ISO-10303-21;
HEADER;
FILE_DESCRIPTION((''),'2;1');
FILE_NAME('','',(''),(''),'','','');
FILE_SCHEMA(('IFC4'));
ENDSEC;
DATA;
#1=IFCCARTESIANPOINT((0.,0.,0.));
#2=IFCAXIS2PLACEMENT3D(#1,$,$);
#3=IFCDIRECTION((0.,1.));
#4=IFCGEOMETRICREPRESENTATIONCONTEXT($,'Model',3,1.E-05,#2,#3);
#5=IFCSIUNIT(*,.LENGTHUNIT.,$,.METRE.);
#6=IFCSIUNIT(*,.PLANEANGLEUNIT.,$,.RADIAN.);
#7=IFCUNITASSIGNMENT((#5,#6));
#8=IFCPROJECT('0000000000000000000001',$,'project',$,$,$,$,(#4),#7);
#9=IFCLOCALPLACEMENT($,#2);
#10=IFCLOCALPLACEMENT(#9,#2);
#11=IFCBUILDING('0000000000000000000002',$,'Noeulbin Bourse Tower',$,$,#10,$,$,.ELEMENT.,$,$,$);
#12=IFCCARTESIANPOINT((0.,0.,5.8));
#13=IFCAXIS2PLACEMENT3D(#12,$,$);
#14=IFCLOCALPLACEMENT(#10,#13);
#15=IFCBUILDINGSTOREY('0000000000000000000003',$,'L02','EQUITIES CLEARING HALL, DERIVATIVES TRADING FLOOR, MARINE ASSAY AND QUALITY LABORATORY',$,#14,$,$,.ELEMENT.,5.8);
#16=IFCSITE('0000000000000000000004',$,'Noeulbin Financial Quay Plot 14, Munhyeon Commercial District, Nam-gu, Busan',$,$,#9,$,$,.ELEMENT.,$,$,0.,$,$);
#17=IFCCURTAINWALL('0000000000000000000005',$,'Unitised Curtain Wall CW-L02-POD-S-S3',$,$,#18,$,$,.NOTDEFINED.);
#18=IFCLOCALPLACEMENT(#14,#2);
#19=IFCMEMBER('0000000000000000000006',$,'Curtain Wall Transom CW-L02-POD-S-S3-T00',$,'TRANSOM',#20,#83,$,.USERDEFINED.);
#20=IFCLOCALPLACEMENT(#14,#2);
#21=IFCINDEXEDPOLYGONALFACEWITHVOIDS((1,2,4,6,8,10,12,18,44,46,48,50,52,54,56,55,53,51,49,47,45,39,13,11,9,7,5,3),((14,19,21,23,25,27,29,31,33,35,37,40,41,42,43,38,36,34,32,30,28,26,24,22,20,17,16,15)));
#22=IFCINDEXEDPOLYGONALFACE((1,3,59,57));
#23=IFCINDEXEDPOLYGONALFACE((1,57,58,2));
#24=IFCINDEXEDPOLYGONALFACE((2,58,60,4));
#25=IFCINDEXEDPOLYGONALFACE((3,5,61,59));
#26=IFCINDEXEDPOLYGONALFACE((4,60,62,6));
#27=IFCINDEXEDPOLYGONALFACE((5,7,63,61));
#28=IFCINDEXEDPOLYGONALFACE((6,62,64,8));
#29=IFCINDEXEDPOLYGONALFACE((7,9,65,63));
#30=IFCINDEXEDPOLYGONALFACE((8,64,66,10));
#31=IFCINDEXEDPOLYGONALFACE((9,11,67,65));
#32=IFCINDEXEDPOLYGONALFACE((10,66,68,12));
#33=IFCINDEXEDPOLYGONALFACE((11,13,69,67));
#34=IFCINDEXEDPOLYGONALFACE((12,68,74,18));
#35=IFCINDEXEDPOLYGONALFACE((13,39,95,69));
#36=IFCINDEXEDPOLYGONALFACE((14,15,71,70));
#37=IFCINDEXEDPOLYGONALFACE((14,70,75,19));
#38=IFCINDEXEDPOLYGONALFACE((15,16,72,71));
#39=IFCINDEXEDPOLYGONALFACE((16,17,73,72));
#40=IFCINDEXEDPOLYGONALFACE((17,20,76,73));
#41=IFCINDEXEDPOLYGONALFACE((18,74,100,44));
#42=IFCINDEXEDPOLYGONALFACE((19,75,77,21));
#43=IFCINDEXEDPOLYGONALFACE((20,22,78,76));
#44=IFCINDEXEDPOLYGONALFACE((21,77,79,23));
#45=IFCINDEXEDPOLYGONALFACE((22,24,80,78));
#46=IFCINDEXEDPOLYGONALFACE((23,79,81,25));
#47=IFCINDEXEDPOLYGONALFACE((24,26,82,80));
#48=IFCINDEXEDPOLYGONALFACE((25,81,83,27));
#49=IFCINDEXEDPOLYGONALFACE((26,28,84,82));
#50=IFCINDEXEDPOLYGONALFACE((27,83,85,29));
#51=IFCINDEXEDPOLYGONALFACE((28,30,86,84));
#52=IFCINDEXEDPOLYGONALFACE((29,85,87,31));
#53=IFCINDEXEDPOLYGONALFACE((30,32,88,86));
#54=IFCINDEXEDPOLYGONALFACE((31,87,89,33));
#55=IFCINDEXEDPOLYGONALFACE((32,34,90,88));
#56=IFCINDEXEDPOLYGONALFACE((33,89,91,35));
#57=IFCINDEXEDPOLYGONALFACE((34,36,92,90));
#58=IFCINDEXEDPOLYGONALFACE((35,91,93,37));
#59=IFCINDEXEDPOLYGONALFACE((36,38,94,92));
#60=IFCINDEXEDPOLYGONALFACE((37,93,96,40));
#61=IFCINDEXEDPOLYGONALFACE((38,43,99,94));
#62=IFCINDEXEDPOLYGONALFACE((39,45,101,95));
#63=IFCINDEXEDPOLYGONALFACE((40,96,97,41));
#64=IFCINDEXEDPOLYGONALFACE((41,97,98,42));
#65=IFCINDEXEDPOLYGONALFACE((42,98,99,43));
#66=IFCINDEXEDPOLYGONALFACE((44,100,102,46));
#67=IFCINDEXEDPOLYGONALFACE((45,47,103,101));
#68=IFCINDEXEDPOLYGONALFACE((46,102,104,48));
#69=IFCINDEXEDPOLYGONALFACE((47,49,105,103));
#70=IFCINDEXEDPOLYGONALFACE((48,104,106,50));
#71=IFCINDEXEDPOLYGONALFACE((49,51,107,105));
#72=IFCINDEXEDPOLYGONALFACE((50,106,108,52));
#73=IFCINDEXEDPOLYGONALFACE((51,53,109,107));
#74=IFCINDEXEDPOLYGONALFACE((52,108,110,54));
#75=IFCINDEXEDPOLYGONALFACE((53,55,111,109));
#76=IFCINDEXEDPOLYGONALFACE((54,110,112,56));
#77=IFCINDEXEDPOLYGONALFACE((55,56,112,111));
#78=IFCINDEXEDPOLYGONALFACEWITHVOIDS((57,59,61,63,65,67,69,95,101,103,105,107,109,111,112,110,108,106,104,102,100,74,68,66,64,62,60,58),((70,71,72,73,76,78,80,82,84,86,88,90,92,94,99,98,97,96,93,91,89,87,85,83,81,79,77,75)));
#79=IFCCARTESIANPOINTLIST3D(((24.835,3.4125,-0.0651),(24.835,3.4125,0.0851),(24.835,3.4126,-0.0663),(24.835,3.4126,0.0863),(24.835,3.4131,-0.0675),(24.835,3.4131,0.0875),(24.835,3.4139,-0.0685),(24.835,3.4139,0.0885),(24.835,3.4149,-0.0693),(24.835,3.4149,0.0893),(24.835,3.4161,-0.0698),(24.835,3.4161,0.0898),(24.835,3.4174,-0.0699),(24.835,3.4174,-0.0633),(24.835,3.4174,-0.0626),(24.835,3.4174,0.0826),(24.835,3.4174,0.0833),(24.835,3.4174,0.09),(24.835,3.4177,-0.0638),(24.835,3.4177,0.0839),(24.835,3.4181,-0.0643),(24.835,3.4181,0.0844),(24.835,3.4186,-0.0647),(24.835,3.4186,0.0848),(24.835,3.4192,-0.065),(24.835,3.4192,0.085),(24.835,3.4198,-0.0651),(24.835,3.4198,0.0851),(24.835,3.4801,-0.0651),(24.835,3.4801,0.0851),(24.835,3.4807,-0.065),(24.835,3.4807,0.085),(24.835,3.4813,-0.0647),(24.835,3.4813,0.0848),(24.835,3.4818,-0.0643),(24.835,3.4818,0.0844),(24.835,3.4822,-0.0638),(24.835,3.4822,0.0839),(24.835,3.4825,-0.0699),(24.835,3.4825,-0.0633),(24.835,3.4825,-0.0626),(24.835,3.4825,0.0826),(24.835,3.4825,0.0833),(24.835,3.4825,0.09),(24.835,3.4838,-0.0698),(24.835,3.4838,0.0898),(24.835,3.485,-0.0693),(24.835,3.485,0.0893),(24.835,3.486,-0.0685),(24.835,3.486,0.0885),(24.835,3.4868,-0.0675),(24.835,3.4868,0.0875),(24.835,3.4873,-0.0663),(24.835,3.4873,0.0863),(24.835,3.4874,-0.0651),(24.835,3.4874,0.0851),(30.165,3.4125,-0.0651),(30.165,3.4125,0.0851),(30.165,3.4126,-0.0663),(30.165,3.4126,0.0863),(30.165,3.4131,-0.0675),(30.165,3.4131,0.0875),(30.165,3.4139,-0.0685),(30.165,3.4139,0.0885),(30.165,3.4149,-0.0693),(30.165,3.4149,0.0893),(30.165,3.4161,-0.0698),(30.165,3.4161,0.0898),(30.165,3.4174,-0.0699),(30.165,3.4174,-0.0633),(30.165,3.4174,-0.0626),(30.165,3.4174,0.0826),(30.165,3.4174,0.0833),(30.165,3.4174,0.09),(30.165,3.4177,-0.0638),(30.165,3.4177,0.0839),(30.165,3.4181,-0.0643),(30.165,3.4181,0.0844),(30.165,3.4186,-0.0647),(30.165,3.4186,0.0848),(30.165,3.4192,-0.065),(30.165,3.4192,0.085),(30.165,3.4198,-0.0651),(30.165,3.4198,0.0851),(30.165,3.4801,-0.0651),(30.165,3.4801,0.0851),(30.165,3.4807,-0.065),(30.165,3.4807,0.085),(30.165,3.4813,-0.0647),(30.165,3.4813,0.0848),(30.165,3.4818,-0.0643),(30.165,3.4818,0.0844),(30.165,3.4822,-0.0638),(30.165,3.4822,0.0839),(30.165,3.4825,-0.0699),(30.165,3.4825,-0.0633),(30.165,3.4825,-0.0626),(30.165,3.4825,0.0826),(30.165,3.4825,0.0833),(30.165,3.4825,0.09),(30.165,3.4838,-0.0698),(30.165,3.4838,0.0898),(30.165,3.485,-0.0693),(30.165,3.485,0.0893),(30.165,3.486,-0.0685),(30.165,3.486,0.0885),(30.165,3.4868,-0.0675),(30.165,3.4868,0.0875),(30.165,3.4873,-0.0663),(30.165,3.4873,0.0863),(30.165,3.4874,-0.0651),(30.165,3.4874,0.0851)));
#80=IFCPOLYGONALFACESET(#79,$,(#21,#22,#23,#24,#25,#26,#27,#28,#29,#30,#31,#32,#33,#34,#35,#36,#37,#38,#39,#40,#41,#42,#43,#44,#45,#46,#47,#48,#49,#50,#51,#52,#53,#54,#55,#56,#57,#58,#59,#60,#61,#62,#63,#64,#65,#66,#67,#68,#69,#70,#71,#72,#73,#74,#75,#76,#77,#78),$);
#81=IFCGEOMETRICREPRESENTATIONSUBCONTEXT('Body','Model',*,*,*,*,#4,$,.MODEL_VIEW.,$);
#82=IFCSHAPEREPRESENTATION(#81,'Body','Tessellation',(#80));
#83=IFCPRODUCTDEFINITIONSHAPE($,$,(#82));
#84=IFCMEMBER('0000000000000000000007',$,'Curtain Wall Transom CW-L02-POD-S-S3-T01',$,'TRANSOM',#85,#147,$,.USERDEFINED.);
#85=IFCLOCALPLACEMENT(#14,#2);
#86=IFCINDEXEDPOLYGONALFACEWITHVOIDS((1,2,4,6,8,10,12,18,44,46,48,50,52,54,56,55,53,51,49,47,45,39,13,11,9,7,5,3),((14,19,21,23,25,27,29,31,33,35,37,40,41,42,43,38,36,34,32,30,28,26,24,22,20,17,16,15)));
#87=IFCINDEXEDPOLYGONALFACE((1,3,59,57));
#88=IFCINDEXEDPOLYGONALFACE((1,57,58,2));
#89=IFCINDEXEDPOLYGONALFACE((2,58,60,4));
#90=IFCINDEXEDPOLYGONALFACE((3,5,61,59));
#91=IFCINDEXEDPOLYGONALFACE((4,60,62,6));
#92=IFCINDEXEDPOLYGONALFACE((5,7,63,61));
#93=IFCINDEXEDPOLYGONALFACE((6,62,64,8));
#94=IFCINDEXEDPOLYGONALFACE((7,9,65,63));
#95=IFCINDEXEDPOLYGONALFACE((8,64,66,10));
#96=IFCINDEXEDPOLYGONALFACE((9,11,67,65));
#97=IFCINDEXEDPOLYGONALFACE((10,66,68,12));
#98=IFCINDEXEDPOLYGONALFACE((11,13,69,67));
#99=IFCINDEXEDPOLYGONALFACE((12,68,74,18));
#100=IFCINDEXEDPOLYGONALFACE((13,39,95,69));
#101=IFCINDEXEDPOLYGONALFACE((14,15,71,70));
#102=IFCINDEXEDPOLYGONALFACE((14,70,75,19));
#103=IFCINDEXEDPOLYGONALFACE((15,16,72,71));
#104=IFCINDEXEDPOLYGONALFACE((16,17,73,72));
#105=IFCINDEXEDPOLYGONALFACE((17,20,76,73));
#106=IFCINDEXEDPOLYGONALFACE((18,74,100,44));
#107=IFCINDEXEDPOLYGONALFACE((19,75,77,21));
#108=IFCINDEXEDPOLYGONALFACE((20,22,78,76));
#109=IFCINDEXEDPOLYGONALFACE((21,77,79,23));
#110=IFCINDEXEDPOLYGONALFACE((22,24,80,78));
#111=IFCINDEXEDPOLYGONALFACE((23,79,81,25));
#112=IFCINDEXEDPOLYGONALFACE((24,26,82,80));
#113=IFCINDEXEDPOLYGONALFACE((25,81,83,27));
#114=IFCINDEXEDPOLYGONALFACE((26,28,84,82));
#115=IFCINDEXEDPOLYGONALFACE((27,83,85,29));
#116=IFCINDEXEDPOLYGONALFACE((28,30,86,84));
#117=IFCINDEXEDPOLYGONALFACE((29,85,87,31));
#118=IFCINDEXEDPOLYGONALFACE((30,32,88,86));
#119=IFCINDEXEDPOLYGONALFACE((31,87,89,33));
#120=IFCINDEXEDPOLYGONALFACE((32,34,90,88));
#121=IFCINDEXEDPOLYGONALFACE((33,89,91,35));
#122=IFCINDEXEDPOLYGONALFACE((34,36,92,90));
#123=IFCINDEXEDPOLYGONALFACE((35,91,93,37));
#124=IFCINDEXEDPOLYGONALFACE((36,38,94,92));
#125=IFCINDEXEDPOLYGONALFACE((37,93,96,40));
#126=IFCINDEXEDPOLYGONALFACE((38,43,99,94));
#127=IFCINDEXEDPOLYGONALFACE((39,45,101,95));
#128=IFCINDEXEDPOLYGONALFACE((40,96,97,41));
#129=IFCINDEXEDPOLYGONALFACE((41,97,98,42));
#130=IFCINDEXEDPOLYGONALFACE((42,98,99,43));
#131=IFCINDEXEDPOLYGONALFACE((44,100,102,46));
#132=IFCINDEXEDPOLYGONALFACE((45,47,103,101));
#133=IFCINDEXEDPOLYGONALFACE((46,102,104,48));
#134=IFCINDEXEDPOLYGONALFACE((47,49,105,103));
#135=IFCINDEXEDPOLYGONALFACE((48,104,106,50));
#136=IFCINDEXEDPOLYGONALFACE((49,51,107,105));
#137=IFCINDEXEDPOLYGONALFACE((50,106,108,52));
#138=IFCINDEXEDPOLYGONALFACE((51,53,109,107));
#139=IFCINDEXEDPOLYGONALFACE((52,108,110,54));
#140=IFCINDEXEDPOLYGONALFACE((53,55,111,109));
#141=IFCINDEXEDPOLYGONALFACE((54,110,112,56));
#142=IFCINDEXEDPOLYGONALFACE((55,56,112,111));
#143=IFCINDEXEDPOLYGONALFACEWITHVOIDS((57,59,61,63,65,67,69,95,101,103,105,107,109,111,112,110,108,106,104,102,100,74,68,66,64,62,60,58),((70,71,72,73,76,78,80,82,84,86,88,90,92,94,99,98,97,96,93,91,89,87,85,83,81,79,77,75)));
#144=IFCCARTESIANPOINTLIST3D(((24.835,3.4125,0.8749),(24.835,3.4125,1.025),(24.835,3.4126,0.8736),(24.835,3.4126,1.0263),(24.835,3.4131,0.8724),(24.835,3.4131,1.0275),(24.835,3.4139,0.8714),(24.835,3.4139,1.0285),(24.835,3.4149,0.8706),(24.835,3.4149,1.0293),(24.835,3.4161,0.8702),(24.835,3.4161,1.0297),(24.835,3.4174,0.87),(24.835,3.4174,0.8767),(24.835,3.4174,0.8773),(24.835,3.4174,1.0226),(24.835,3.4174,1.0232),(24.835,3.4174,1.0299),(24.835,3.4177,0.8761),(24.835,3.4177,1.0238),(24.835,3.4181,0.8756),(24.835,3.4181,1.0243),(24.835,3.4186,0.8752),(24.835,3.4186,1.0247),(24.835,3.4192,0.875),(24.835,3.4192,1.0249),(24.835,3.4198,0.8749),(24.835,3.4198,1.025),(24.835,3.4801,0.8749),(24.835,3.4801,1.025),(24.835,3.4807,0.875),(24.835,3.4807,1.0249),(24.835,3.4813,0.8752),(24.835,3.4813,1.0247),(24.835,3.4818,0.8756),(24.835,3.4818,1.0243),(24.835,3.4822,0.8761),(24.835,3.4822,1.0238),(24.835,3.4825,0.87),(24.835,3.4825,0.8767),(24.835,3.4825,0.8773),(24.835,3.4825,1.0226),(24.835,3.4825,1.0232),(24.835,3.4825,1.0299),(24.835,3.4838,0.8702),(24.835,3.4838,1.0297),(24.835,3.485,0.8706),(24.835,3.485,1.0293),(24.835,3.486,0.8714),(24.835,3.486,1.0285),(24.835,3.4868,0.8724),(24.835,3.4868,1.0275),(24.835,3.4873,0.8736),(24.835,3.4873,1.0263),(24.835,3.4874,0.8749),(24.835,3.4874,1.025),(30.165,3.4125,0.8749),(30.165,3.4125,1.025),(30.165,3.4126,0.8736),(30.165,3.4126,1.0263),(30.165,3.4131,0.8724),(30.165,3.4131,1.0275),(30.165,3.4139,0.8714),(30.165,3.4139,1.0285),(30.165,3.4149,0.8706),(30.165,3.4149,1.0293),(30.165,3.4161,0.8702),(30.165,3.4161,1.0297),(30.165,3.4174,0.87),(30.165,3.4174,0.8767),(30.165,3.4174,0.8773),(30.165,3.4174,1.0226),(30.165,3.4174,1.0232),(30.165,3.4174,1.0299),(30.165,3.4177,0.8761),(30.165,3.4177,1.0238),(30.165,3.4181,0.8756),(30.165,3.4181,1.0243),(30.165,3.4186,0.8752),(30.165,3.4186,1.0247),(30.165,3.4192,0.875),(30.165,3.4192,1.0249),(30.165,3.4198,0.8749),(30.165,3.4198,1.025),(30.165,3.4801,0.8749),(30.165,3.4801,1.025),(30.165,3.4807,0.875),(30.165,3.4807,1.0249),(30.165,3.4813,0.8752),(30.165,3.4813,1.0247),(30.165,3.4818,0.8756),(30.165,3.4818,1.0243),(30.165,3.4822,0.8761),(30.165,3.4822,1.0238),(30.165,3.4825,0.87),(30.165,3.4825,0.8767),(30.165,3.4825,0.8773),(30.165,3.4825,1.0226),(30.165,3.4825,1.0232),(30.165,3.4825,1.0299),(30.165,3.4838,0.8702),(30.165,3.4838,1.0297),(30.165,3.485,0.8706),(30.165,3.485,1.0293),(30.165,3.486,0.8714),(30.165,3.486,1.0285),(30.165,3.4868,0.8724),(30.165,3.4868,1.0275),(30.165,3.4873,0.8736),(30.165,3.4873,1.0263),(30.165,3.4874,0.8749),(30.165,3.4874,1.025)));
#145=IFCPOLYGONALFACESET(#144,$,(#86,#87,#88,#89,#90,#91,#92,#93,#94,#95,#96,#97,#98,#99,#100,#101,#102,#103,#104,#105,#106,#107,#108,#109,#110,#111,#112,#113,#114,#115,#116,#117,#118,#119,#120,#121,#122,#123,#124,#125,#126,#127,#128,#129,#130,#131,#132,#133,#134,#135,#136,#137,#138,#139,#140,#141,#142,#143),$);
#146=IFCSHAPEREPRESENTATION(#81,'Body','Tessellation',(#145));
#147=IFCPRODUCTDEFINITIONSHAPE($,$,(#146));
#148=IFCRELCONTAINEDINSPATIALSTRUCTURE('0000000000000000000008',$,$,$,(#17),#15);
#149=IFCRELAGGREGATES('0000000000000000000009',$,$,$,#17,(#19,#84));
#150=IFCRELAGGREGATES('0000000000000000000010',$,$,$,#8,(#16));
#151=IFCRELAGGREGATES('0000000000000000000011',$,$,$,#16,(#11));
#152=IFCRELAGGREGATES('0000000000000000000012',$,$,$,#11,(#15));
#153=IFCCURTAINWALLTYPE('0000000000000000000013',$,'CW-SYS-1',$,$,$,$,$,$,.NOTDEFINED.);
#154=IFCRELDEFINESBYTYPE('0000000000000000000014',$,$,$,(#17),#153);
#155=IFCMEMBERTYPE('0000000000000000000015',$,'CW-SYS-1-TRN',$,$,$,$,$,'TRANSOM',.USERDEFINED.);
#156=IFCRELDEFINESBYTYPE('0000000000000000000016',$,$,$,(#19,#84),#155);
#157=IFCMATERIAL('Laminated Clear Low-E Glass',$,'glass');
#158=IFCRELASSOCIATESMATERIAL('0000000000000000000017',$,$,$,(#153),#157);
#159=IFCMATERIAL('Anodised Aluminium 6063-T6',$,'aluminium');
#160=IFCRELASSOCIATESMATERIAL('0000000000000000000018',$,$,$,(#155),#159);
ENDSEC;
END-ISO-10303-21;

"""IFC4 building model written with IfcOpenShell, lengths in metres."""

from ifc_helpers import new_model, si_unit, direction, frame, origin, origin_2d, place, context, subcontext, project, spatial, hollow_rectangle, extrude, material, material_profile, profile_set, type_object, element, aggregate, save


model = new_model("IFC4")

# Units and contexts
model_context = context("Model", 3, precision=1e-05, world=origin(), true_north=direction((0.0, 1.0)))
body_context = subcontext(model_context, "Body", "Model", "MODEL_VIEW")
ifc_project = project(units=[si_unit("LENGTHUNIT", "METRE"), si_unit("PLANEANGLEUNIT", "RADIAN")], contexts=[model_context])

# Site, building, storey
site_placement = place(None, origin())
site = spatial("IfcSite", under=ifc_project, at=site_placement, Name="Noeulbin Financial Quay Plot 14, Munhyeon Commercial District, Nam-gu, Busan", CompositionType="ELEMENT", RefElevation=0.0)
building_placement = place(site_placement, origin())
building = spatial("IfcBuilding", under=site, at=building_placement, Name="Noeulbin Bourse Tower", CompositionType="ELEMENT")
storey_placement = place(building_placement, frame((0.0, 0.0, 5.8)))
storey = spatial("IfcBuildingStorey", under=building, at=storey_placement, Name="L02", Description="EQUITIES CLEARING HALL, DERIVATIVES TRADING FLOOR, MARINE ASSAY AND QUALITY LABORATORY", CompositionType="ELEMENT", Elevation=5.8)

# Shared definitions
ifc_material_1 = material(Name="Laminated Clear Low-E Glass", Category="glass")
curtain_wall_type = type_object("IfcCurtainWallType", Name="CW-SYS-1", PredefinedType="NOTDEFINED", material=ifc_material_1)
ifc_material_2 = material(Name="Anodised Aluminium 6063-T6", Category="aluminium")

# Curtain wall
curtain_wall_1_placement = place(storey_placement, origin())
curtain_wall_1 = element("IfcCurtainWall", 1, at=curtain_wall_1_placement, inside=storey, type_object=curtain_wall_type, Name="Unitised Curtain Wall CW-L02-POD-S-S3", PredefinedType="NOTDEFINED")

# Members
ifc_material_profile_1 = material_profile(ifc_material_2, hollow_rectangle(XDim=0.075, YDim=0.1599, WallThickness=0.0049, InnerFilletRadius=0.0024, OuterFilletRadius=0.0049, at=origin_2d()), Name="ALU-TRAN-75x160x5", Category="LoadBearing")
ifc_profile_set_1 = profile_set([ifc_material_profile_1], Name="Anodised Aluminium 6063-T6")
member_type_1 = type_object("IfcMemberType", Name="CW-SYS-1-TRN", ElementType="TRANSOM", PredefinedType="USERDEFINED", material=ifc_profile_set_1)
member_1_placement = place(storey_placement, frame((24.835, 3.45, 0.01), z_axis=(1.0, 0.0, 0.0), x_axis=(0.0, 1.0, 0.0)))
member_1 = element("IfcMember", 2, at=member_1_placement, type_object=member_type_1, Name="Curtain Wall Transom CW-L02-POD-S-S3-T00", ObjectType="TRANSOM", PredefinedType="USERDEFINED", context=body_context, shape_type="SweptSolid", body=[
    extrude(hollow_rectangle(XDim=0.075, YDim=0.1599, WallThickness=0.0049, InnerFilletRadius=0.0024, OuterFilletRadius=0.0049, at=origin_2d()), origin(), (0.0, 0.0, 1.0), 5.3301),
])
member_2_placement = place(storey_placement, frame((24.835, 3.45, 0.95), z_axis=(1.0, 0.0, 0.0), x_axis=(0.0, 1.0, 0.0)))
member_2 = element("IfcMember", 3, at=member_2_placement, type_object=member_type_1, Name="Curtain Wall Transom CW-L02-POD-S-S3-T01", ObjectType="TRANSOM", PredefinedType="USERDEFINED", context=body_context, shape_type="SweptSolid", body=[
    extrude(hollow_rectangle(XDim=0.075, YDim=0.1599, WallThickness=0.0049, InnerFilletRadius=0.0024, OuterFilletRadius=0.0049, at=origin_2d()), origin(), (0.0, 0.0, 1.0), 5.3301),
])

aggregate(curtain_wall_1, [member_1, member_2])

save(model, "model.ifc")
